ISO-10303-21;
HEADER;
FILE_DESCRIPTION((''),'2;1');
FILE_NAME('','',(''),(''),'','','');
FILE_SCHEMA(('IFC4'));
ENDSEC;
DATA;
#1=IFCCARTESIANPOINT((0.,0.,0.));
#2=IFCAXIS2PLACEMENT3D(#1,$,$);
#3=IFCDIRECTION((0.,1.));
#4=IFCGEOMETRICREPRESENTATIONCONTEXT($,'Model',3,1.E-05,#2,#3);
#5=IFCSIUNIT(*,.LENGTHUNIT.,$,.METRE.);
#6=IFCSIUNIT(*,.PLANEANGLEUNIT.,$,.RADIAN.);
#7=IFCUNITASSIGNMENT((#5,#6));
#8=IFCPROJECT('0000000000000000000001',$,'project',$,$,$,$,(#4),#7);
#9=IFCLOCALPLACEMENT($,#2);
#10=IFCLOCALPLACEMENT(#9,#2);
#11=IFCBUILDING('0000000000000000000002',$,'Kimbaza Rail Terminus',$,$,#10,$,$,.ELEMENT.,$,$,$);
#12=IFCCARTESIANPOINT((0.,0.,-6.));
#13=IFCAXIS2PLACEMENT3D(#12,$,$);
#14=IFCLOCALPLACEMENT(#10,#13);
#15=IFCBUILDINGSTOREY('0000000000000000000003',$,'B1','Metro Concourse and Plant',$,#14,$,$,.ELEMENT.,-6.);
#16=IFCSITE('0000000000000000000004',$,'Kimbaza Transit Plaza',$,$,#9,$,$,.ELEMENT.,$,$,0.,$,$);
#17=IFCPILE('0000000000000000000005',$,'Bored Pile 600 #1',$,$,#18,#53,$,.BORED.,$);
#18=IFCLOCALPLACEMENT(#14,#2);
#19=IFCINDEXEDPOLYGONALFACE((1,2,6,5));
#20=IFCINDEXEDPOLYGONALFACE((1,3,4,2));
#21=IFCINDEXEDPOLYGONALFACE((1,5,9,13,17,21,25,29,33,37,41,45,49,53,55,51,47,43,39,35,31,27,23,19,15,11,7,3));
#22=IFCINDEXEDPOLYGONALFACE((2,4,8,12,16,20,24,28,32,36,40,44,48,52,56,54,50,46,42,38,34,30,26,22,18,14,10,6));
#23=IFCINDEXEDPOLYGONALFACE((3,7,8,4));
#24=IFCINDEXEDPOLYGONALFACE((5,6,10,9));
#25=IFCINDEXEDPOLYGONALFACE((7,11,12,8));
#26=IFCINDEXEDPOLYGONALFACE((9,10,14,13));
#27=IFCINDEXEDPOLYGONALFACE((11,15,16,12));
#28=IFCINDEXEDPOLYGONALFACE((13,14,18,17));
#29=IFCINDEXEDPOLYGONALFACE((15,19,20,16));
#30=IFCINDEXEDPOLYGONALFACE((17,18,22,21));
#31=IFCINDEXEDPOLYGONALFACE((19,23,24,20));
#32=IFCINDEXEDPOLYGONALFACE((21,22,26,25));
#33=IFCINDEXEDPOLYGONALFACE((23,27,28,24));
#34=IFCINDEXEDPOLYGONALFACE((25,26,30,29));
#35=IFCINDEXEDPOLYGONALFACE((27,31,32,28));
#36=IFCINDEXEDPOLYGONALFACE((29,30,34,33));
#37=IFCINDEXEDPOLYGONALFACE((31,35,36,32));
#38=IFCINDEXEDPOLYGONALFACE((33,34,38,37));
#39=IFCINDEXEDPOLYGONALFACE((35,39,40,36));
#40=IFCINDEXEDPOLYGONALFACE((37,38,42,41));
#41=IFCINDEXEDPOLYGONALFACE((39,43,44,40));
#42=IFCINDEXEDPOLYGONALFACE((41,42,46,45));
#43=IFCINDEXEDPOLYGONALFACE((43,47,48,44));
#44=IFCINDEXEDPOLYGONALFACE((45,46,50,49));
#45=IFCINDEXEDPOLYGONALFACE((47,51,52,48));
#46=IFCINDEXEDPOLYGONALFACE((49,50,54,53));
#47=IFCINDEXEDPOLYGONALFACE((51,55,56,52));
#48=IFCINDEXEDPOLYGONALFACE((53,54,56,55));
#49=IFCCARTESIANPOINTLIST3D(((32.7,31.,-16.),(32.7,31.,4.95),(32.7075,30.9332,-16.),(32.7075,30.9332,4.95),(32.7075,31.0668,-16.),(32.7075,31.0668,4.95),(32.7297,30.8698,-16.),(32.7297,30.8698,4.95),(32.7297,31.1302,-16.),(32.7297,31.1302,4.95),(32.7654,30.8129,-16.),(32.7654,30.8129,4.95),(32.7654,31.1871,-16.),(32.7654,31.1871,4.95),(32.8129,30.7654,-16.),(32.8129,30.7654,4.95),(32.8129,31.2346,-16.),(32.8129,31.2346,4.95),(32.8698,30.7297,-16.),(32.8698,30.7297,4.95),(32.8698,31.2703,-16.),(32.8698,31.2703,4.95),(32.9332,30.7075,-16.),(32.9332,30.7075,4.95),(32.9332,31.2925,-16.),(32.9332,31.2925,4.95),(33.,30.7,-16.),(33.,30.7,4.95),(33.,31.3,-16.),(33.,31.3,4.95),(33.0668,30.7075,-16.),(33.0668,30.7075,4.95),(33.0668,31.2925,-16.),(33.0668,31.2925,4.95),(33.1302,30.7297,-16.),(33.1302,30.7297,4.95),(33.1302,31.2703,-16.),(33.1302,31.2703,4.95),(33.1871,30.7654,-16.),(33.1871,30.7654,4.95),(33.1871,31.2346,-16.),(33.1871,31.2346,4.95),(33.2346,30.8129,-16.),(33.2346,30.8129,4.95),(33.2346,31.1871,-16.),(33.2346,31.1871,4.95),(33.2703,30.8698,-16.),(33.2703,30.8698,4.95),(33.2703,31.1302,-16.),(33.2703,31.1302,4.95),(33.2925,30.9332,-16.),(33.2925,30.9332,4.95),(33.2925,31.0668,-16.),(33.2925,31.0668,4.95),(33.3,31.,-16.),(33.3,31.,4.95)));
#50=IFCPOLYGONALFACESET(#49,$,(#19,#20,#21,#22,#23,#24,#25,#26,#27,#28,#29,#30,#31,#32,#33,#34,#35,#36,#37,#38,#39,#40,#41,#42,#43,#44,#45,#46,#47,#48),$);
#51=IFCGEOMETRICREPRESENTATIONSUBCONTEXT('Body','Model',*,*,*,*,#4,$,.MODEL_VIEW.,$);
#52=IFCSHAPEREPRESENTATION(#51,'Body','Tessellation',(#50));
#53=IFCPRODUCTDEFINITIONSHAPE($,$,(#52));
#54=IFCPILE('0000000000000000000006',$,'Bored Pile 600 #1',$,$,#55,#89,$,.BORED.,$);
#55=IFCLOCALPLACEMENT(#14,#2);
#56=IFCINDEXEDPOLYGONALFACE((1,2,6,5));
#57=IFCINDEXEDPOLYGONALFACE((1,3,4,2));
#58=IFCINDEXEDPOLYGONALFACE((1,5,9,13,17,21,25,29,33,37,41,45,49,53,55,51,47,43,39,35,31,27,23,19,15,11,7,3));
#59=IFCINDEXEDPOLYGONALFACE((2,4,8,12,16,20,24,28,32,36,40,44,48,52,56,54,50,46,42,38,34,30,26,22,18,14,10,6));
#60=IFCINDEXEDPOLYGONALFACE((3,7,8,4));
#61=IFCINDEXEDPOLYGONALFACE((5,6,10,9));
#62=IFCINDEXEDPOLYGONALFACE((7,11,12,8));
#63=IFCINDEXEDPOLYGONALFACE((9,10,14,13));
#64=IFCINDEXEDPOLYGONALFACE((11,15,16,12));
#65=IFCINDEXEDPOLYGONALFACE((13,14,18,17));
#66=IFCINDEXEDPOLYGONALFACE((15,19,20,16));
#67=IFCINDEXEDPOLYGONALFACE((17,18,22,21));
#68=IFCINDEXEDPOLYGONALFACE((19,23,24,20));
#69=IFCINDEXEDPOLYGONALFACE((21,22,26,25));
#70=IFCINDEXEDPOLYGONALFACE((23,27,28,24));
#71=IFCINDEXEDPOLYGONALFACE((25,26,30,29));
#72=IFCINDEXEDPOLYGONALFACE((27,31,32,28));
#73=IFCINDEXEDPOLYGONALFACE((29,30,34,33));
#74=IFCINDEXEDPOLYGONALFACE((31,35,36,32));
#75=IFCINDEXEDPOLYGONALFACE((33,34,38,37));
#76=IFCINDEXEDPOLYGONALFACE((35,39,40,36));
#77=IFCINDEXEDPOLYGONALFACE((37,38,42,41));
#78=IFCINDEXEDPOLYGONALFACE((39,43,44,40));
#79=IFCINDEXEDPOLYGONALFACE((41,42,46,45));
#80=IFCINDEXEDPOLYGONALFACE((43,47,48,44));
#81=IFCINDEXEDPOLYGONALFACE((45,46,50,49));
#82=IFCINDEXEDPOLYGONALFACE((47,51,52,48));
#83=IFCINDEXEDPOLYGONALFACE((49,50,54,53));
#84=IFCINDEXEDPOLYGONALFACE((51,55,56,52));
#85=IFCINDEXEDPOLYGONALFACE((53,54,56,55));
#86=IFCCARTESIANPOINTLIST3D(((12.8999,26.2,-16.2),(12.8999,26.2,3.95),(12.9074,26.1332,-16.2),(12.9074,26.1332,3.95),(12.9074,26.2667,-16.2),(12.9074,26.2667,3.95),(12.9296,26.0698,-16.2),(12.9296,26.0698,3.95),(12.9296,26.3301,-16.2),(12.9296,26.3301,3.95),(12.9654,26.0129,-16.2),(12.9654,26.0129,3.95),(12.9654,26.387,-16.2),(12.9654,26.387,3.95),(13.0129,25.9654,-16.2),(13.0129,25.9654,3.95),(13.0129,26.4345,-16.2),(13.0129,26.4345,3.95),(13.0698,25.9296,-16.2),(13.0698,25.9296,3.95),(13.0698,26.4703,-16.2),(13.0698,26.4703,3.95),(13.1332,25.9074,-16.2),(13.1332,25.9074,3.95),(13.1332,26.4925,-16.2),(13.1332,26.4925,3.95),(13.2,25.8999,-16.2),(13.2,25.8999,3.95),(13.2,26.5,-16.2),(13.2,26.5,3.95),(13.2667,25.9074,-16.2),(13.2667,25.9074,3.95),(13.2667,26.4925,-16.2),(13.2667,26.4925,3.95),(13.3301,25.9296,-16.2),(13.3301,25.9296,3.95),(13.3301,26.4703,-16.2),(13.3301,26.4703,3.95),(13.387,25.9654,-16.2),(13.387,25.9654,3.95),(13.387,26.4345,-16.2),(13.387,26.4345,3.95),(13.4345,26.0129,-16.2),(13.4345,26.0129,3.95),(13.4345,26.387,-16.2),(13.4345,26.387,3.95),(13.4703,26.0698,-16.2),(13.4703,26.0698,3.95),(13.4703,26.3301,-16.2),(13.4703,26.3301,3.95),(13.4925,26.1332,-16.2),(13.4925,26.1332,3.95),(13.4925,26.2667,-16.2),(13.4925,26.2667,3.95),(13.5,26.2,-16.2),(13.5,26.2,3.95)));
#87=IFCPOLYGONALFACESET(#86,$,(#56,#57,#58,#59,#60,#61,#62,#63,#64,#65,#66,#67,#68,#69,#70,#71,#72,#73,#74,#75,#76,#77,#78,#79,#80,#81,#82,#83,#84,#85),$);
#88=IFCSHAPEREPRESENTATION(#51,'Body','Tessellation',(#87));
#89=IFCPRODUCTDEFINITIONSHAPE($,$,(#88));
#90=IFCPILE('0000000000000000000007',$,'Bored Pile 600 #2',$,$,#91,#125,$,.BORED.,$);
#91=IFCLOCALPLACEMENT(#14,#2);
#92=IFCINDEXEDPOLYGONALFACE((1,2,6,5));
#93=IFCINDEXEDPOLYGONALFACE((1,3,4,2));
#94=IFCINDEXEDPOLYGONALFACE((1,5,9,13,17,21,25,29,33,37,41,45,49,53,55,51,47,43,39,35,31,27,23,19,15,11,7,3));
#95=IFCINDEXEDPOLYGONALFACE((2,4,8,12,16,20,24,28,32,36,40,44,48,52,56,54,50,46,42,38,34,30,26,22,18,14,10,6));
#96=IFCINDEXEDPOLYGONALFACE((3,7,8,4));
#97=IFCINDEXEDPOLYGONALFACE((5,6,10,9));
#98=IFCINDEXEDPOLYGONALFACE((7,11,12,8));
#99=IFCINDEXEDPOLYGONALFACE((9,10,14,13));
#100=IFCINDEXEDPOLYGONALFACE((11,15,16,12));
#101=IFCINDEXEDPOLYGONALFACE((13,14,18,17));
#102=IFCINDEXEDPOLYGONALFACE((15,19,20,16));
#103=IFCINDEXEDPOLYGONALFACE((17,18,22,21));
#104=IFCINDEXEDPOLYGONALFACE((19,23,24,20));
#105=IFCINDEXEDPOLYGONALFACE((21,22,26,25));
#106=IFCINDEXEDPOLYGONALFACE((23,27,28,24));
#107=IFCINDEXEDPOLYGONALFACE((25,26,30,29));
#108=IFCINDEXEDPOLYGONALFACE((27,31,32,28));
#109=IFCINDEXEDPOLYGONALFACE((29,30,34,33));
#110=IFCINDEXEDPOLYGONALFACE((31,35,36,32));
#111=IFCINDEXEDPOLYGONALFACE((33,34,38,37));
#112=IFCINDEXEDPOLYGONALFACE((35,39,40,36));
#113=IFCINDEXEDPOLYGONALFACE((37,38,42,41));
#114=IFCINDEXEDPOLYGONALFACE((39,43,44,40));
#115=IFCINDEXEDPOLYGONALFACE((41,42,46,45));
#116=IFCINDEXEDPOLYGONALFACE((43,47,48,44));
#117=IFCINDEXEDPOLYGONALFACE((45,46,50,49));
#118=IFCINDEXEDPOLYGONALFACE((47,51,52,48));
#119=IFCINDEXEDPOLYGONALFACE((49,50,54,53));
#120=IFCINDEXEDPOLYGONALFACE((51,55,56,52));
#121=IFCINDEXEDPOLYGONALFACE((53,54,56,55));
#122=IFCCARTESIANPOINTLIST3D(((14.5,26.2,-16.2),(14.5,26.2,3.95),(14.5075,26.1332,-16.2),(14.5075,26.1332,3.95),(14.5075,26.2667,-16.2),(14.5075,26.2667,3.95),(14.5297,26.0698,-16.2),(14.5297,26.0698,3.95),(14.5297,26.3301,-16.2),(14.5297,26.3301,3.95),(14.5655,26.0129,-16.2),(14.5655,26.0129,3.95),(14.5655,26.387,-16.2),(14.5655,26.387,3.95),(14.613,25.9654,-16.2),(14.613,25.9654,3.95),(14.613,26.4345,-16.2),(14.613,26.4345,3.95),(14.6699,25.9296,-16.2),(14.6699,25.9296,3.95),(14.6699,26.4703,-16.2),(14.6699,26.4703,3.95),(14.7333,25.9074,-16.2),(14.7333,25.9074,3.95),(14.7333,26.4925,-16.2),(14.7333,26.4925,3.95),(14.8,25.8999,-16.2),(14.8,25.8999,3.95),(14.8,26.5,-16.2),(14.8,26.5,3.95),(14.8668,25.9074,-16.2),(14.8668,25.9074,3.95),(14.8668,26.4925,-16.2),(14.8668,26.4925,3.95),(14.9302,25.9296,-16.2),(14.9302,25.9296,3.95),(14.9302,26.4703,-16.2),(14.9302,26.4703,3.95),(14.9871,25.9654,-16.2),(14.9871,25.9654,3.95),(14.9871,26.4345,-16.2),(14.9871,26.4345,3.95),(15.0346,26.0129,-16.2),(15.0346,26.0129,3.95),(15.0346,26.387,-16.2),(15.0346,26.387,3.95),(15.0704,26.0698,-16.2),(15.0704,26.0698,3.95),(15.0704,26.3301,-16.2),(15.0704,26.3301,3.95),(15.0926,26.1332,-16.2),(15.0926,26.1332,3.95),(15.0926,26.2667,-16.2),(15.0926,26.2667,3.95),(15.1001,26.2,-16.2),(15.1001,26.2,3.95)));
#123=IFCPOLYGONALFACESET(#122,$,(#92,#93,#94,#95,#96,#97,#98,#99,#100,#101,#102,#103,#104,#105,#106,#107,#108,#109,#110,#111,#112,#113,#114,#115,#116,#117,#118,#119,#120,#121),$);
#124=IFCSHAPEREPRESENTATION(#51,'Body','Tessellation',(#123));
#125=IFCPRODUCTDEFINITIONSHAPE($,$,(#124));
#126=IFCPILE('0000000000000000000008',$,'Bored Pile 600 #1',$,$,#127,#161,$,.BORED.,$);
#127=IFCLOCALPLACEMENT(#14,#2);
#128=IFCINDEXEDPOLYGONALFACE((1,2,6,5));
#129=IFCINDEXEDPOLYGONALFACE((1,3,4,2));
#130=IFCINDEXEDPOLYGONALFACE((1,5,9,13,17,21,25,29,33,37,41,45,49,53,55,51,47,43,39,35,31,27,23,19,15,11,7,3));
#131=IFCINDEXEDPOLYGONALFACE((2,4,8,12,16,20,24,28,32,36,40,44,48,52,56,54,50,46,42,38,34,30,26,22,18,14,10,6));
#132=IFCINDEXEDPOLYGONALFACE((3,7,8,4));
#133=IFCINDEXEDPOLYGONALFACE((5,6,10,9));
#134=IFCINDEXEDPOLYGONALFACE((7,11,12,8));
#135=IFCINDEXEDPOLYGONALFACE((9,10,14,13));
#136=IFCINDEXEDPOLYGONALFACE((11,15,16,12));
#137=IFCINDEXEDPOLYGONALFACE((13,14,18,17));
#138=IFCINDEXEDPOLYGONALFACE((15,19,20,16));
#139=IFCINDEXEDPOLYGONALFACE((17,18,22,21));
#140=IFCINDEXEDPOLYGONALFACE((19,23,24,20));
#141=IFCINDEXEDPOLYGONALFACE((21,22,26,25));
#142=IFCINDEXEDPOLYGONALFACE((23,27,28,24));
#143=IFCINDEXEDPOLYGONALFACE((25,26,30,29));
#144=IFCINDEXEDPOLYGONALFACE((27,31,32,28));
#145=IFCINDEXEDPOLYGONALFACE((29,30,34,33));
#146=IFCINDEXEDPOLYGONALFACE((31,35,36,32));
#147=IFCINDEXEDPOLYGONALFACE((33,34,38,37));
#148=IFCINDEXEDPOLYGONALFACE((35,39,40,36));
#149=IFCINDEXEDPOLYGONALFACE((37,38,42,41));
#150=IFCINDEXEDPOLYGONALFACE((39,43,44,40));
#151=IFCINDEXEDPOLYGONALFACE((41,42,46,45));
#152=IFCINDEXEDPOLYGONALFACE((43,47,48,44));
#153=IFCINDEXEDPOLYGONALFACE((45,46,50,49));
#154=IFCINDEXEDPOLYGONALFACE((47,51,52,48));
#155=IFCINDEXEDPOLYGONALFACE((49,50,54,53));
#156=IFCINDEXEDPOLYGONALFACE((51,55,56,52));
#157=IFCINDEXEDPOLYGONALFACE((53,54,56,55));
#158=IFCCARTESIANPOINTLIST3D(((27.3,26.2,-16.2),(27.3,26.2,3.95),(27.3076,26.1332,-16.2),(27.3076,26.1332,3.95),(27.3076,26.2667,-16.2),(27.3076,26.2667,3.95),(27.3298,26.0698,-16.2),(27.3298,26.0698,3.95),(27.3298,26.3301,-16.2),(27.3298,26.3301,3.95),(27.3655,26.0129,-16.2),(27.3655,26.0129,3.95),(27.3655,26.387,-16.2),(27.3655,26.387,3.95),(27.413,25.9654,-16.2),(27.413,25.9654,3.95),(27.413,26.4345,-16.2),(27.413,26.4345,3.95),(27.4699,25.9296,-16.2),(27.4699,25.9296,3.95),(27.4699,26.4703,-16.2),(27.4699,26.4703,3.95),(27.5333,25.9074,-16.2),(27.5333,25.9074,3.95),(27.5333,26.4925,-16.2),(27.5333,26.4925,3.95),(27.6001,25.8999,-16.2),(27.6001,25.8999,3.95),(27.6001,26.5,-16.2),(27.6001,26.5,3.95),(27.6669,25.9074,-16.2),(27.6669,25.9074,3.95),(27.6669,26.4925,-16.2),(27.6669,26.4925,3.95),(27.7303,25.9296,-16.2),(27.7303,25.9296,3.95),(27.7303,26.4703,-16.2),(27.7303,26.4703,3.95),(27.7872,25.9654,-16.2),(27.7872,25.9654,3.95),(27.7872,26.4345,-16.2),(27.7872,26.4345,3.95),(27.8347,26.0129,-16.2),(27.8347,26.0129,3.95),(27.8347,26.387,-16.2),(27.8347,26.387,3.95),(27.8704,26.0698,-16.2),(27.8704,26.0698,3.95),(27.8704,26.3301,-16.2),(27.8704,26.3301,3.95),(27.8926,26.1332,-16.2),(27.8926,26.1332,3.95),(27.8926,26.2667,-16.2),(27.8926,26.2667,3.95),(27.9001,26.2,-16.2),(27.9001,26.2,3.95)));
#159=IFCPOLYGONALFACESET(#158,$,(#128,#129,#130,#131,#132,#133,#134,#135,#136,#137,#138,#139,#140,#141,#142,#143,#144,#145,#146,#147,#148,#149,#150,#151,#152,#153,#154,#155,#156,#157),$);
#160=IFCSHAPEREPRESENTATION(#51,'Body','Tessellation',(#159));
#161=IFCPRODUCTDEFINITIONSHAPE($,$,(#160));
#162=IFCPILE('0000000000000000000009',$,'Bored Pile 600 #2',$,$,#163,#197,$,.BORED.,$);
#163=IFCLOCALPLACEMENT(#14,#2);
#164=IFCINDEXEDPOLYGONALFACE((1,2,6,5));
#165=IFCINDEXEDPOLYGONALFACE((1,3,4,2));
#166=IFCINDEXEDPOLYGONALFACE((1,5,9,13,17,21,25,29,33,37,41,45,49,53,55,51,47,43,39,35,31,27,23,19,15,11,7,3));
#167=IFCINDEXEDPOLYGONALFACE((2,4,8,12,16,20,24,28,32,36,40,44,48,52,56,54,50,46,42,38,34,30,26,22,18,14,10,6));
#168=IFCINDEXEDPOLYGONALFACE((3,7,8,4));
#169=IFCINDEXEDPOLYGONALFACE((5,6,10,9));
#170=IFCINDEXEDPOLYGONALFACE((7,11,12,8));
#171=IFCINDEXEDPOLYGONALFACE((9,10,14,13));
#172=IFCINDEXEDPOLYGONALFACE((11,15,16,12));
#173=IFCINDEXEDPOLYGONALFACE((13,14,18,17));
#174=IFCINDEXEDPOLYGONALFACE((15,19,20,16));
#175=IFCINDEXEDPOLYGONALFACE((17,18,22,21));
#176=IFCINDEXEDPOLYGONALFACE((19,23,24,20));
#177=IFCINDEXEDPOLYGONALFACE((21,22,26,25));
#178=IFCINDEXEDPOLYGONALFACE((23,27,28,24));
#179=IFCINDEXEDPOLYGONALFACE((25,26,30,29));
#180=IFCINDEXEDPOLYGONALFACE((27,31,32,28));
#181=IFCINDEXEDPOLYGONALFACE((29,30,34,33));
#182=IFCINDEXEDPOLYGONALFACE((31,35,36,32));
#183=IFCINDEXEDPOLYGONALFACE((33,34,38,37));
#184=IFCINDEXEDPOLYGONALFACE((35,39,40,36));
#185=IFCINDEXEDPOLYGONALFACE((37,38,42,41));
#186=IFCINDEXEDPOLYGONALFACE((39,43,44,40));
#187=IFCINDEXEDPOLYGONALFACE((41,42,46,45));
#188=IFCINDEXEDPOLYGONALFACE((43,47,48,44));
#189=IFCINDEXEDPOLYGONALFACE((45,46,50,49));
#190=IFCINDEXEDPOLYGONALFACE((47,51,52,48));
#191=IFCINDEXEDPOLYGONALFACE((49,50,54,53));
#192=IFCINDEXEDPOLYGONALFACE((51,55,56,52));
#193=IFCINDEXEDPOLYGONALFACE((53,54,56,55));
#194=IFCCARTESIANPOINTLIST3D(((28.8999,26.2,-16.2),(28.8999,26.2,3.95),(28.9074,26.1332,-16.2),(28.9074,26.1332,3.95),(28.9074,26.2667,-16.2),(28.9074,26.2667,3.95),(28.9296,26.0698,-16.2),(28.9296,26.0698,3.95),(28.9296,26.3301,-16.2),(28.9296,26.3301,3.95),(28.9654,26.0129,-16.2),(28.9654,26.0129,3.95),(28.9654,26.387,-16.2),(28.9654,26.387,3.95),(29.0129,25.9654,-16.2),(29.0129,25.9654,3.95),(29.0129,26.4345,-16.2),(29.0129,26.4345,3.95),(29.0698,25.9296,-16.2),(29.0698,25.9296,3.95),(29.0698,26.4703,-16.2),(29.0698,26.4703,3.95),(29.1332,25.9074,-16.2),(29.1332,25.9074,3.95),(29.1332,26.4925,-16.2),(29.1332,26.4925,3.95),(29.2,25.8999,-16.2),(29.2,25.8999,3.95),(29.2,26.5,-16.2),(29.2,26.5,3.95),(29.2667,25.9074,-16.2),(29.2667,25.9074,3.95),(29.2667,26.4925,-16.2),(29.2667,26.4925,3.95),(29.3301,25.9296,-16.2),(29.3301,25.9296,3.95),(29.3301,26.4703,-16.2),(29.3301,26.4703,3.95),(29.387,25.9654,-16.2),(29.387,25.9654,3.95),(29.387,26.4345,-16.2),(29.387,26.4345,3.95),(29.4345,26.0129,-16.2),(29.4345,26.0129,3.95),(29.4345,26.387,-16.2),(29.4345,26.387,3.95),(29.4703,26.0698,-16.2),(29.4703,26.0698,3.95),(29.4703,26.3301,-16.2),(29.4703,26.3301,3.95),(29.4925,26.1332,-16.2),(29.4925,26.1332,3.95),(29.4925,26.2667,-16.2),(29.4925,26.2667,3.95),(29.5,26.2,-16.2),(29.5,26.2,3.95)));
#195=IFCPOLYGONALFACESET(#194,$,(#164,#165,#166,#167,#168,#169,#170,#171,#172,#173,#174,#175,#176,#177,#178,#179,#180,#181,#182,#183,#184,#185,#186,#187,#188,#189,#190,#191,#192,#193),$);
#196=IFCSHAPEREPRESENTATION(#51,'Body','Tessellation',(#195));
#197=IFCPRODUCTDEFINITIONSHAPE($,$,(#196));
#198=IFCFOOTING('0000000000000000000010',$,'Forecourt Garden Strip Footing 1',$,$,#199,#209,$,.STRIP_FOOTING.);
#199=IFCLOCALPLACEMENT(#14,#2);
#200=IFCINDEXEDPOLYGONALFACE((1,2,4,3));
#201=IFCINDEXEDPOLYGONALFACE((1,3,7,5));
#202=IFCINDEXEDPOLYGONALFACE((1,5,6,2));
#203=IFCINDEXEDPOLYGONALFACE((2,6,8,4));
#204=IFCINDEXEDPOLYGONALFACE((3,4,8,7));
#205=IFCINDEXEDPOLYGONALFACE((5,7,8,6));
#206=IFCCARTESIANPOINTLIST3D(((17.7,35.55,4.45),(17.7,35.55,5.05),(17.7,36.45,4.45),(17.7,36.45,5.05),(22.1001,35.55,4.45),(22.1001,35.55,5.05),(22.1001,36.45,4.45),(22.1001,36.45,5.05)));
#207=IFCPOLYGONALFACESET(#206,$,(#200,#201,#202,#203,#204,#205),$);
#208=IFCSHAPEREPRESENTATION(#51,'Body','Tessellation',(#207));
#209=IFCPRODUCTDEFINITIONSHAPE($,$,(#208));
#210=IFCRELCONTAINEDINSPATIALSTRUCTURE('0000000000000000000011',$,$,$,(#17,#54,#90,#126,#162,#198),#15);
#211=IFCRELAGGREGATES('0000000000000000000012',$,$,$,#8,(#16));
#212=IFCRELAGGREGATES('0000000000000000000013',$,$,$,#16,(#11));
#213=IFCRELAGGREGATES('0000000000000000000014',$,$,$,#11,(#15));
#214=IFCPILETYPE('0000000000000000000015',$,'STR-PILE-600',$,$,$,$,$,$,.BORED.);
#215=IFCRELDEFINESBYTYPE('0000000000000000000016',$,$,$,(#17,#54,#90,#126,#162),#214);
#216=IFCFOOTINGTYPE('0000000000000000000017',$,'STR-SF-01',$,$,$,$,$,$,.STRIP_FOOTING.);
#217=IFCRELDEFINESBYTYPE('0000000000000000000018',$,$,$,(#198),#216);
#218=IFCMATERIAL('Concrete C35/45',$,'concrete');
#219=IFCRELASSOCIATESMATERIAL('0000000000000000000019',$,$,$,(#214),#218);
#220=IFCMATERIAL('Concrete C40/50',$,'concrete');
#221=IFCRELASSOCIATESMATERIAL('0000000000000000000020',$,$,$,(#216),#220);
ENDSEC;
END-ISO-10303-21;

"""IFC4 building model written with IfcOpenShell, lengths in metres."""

from ifc_helpers import new_model, si_unit, direction, frame, origin, origin_2d, place, context, subcontext, project, spatial, rectangle, circle, extrude, material, material_profile, profile_set, type_object, element, save


model = new_model("IFC4")

# Units and contexts
model_context = context("Model", 3, precision=1e-05, world=origin(), true_north=direction((0.0, 1.0)))
body_context = subcontext(model_context, "Body", "Model", "MODEL_VIEW")
ifc_project = project(units=[si_unit("LENGTHUNIT", "METRE"), si_unit("PLANEANGLEUNIT", "RADIAN")], contexts=[model_context])

# Site, building, storey
site_placement = place(None, origin())
site = spatial("IfcSite", under=ifc_project, at=site_placement, Name="Kimbaza Transit Plaza", CompositionType="ELEMENT", RefElevation=0.0)
building_placement = place(site_placement, origin())
building = spatial("IfcBuilding", under=site, at=building_placement, Name="Kimbaza Rail Terminus", CompositionType="ELEMENT")
storey_placement = place(building_placement, frame((0.0, 0.0, -6.0)))
storey = spatial("IfcBuildingStorey", under=building, at=storey_placement, Name="B1", Description="Metro Concourse and Plant", CompositionType="ELEMENT", Elevation=-6.0)

# Piles
ifc_material_1 = material(Name="Concrete C35/45", Category="concrete")
ifc_material_profile_1 = material_profile(ifc_material_1, circle(Radius=0.3, at=origin_2d()), Name="BORED PILE 600")
ifc_profile_set_1 = profile_set([ifc_material_profile_1], Name="Concrete C35/45")
pile_type = type_object("IfcPileType", Name="STR-PILE-600", PredefinedType="BORED", material=ifc_profile_set_1)
for number, where, z_axis, x_axis, name in (
    (1, (33.0, 31.0, 4.95), (0.0, 0.0, -1.0), (1.0, 0.0, 0.0), "Bored Pile 600 #1"),
):
    element("IfcPile", number, at=place(storey_placement, frame(where, z_axis=z_axis, x_axis=x_axis)), inside=storey, type_object=pile_type, Name=name, PredefinedType="BORED", context=body_context, shape_type="SweptSolid", body=[
        extrude(circle(Radius=0.3, at=origin_2d()), origin(), (0.0, 0.0, 1.0), 20.95),
    ])
for number, where, z_axis, x_axis, name in (
    (2, (13.2, 26.2, 3.95), (0.0, 0.0, -1.0), (1.0, 0.0, 0.0), "Bored Pile 600 #1"),
    (3, (14.8, 26.2, 3.95), (0.0, 0.0, -1.0), (1.0, 0.0, 0.0), "Bored Pile 600 #2"),
    (4, (27.6001, 26.2, 3.95), (0.0, 0.0, -1.0), (1.0, 0.0, 0.0), "Bored Pile 600 #1"),
    (5, (29.2, 26.2, 3.95), (0.0, 0.0, -1.0), (1.0, 0.0, 0.0), "Bored Pile 600 #2"),
):
    element("IfcPile", number, at=place(storey_placement, frame(where, z_axis=z_axis, x_axis=x_axis)), inside=storey, type_object=pile_type, Name=name, PredefinedType="BORED", context=body_context, shape_type="SweptSolid", body=[
        extrude(circle(Radius=0.3, at=origin_2d()), origin(), (0.0, 0.0, 1.0), 20.1499),
    ])

# Footing
ifc_material_2 = material(Name="Concrete C40/50", Category="concrete")
ifc_material_profile_2 = material_profile(ifc_material_2, rectangle(XDim=0.8999, YDim=0.6001, at=origin_2d()), Name="SF-01 900x600")
ifc_profile_set_2 = profile_set([ifc_material_profile_2], Name="Concrete C40/50")
footing_type_1 = type_object("IfcFootingType", Name="STR-SF-01", PredefinedType="STRIP_FOOTING", material=ifc_profile_set_2)
footing_1_placement = place(storey_placement, frame((17.7, 36.0, 4.75), z_axis=(1.0, 0.0, 0.0), x_axis=(0.0, 1.0, 0.0)))
element("IfcFooting", 6, at=footing_1_placement, inside=storey, type_object=footing_type_1, Name="Forecourt Garden Strip Footing 1", PredefinedType="STRIP_FOOTING", context=body_context, shape_type="SweptSolid", body=[
    extrude(rectangle(XDim=0.8999, YDim=0.6001, at=origin_2d()), origin(), (0.0, 0.0, 1.0), 4.4001),
])

save(model, "model.ifc")
